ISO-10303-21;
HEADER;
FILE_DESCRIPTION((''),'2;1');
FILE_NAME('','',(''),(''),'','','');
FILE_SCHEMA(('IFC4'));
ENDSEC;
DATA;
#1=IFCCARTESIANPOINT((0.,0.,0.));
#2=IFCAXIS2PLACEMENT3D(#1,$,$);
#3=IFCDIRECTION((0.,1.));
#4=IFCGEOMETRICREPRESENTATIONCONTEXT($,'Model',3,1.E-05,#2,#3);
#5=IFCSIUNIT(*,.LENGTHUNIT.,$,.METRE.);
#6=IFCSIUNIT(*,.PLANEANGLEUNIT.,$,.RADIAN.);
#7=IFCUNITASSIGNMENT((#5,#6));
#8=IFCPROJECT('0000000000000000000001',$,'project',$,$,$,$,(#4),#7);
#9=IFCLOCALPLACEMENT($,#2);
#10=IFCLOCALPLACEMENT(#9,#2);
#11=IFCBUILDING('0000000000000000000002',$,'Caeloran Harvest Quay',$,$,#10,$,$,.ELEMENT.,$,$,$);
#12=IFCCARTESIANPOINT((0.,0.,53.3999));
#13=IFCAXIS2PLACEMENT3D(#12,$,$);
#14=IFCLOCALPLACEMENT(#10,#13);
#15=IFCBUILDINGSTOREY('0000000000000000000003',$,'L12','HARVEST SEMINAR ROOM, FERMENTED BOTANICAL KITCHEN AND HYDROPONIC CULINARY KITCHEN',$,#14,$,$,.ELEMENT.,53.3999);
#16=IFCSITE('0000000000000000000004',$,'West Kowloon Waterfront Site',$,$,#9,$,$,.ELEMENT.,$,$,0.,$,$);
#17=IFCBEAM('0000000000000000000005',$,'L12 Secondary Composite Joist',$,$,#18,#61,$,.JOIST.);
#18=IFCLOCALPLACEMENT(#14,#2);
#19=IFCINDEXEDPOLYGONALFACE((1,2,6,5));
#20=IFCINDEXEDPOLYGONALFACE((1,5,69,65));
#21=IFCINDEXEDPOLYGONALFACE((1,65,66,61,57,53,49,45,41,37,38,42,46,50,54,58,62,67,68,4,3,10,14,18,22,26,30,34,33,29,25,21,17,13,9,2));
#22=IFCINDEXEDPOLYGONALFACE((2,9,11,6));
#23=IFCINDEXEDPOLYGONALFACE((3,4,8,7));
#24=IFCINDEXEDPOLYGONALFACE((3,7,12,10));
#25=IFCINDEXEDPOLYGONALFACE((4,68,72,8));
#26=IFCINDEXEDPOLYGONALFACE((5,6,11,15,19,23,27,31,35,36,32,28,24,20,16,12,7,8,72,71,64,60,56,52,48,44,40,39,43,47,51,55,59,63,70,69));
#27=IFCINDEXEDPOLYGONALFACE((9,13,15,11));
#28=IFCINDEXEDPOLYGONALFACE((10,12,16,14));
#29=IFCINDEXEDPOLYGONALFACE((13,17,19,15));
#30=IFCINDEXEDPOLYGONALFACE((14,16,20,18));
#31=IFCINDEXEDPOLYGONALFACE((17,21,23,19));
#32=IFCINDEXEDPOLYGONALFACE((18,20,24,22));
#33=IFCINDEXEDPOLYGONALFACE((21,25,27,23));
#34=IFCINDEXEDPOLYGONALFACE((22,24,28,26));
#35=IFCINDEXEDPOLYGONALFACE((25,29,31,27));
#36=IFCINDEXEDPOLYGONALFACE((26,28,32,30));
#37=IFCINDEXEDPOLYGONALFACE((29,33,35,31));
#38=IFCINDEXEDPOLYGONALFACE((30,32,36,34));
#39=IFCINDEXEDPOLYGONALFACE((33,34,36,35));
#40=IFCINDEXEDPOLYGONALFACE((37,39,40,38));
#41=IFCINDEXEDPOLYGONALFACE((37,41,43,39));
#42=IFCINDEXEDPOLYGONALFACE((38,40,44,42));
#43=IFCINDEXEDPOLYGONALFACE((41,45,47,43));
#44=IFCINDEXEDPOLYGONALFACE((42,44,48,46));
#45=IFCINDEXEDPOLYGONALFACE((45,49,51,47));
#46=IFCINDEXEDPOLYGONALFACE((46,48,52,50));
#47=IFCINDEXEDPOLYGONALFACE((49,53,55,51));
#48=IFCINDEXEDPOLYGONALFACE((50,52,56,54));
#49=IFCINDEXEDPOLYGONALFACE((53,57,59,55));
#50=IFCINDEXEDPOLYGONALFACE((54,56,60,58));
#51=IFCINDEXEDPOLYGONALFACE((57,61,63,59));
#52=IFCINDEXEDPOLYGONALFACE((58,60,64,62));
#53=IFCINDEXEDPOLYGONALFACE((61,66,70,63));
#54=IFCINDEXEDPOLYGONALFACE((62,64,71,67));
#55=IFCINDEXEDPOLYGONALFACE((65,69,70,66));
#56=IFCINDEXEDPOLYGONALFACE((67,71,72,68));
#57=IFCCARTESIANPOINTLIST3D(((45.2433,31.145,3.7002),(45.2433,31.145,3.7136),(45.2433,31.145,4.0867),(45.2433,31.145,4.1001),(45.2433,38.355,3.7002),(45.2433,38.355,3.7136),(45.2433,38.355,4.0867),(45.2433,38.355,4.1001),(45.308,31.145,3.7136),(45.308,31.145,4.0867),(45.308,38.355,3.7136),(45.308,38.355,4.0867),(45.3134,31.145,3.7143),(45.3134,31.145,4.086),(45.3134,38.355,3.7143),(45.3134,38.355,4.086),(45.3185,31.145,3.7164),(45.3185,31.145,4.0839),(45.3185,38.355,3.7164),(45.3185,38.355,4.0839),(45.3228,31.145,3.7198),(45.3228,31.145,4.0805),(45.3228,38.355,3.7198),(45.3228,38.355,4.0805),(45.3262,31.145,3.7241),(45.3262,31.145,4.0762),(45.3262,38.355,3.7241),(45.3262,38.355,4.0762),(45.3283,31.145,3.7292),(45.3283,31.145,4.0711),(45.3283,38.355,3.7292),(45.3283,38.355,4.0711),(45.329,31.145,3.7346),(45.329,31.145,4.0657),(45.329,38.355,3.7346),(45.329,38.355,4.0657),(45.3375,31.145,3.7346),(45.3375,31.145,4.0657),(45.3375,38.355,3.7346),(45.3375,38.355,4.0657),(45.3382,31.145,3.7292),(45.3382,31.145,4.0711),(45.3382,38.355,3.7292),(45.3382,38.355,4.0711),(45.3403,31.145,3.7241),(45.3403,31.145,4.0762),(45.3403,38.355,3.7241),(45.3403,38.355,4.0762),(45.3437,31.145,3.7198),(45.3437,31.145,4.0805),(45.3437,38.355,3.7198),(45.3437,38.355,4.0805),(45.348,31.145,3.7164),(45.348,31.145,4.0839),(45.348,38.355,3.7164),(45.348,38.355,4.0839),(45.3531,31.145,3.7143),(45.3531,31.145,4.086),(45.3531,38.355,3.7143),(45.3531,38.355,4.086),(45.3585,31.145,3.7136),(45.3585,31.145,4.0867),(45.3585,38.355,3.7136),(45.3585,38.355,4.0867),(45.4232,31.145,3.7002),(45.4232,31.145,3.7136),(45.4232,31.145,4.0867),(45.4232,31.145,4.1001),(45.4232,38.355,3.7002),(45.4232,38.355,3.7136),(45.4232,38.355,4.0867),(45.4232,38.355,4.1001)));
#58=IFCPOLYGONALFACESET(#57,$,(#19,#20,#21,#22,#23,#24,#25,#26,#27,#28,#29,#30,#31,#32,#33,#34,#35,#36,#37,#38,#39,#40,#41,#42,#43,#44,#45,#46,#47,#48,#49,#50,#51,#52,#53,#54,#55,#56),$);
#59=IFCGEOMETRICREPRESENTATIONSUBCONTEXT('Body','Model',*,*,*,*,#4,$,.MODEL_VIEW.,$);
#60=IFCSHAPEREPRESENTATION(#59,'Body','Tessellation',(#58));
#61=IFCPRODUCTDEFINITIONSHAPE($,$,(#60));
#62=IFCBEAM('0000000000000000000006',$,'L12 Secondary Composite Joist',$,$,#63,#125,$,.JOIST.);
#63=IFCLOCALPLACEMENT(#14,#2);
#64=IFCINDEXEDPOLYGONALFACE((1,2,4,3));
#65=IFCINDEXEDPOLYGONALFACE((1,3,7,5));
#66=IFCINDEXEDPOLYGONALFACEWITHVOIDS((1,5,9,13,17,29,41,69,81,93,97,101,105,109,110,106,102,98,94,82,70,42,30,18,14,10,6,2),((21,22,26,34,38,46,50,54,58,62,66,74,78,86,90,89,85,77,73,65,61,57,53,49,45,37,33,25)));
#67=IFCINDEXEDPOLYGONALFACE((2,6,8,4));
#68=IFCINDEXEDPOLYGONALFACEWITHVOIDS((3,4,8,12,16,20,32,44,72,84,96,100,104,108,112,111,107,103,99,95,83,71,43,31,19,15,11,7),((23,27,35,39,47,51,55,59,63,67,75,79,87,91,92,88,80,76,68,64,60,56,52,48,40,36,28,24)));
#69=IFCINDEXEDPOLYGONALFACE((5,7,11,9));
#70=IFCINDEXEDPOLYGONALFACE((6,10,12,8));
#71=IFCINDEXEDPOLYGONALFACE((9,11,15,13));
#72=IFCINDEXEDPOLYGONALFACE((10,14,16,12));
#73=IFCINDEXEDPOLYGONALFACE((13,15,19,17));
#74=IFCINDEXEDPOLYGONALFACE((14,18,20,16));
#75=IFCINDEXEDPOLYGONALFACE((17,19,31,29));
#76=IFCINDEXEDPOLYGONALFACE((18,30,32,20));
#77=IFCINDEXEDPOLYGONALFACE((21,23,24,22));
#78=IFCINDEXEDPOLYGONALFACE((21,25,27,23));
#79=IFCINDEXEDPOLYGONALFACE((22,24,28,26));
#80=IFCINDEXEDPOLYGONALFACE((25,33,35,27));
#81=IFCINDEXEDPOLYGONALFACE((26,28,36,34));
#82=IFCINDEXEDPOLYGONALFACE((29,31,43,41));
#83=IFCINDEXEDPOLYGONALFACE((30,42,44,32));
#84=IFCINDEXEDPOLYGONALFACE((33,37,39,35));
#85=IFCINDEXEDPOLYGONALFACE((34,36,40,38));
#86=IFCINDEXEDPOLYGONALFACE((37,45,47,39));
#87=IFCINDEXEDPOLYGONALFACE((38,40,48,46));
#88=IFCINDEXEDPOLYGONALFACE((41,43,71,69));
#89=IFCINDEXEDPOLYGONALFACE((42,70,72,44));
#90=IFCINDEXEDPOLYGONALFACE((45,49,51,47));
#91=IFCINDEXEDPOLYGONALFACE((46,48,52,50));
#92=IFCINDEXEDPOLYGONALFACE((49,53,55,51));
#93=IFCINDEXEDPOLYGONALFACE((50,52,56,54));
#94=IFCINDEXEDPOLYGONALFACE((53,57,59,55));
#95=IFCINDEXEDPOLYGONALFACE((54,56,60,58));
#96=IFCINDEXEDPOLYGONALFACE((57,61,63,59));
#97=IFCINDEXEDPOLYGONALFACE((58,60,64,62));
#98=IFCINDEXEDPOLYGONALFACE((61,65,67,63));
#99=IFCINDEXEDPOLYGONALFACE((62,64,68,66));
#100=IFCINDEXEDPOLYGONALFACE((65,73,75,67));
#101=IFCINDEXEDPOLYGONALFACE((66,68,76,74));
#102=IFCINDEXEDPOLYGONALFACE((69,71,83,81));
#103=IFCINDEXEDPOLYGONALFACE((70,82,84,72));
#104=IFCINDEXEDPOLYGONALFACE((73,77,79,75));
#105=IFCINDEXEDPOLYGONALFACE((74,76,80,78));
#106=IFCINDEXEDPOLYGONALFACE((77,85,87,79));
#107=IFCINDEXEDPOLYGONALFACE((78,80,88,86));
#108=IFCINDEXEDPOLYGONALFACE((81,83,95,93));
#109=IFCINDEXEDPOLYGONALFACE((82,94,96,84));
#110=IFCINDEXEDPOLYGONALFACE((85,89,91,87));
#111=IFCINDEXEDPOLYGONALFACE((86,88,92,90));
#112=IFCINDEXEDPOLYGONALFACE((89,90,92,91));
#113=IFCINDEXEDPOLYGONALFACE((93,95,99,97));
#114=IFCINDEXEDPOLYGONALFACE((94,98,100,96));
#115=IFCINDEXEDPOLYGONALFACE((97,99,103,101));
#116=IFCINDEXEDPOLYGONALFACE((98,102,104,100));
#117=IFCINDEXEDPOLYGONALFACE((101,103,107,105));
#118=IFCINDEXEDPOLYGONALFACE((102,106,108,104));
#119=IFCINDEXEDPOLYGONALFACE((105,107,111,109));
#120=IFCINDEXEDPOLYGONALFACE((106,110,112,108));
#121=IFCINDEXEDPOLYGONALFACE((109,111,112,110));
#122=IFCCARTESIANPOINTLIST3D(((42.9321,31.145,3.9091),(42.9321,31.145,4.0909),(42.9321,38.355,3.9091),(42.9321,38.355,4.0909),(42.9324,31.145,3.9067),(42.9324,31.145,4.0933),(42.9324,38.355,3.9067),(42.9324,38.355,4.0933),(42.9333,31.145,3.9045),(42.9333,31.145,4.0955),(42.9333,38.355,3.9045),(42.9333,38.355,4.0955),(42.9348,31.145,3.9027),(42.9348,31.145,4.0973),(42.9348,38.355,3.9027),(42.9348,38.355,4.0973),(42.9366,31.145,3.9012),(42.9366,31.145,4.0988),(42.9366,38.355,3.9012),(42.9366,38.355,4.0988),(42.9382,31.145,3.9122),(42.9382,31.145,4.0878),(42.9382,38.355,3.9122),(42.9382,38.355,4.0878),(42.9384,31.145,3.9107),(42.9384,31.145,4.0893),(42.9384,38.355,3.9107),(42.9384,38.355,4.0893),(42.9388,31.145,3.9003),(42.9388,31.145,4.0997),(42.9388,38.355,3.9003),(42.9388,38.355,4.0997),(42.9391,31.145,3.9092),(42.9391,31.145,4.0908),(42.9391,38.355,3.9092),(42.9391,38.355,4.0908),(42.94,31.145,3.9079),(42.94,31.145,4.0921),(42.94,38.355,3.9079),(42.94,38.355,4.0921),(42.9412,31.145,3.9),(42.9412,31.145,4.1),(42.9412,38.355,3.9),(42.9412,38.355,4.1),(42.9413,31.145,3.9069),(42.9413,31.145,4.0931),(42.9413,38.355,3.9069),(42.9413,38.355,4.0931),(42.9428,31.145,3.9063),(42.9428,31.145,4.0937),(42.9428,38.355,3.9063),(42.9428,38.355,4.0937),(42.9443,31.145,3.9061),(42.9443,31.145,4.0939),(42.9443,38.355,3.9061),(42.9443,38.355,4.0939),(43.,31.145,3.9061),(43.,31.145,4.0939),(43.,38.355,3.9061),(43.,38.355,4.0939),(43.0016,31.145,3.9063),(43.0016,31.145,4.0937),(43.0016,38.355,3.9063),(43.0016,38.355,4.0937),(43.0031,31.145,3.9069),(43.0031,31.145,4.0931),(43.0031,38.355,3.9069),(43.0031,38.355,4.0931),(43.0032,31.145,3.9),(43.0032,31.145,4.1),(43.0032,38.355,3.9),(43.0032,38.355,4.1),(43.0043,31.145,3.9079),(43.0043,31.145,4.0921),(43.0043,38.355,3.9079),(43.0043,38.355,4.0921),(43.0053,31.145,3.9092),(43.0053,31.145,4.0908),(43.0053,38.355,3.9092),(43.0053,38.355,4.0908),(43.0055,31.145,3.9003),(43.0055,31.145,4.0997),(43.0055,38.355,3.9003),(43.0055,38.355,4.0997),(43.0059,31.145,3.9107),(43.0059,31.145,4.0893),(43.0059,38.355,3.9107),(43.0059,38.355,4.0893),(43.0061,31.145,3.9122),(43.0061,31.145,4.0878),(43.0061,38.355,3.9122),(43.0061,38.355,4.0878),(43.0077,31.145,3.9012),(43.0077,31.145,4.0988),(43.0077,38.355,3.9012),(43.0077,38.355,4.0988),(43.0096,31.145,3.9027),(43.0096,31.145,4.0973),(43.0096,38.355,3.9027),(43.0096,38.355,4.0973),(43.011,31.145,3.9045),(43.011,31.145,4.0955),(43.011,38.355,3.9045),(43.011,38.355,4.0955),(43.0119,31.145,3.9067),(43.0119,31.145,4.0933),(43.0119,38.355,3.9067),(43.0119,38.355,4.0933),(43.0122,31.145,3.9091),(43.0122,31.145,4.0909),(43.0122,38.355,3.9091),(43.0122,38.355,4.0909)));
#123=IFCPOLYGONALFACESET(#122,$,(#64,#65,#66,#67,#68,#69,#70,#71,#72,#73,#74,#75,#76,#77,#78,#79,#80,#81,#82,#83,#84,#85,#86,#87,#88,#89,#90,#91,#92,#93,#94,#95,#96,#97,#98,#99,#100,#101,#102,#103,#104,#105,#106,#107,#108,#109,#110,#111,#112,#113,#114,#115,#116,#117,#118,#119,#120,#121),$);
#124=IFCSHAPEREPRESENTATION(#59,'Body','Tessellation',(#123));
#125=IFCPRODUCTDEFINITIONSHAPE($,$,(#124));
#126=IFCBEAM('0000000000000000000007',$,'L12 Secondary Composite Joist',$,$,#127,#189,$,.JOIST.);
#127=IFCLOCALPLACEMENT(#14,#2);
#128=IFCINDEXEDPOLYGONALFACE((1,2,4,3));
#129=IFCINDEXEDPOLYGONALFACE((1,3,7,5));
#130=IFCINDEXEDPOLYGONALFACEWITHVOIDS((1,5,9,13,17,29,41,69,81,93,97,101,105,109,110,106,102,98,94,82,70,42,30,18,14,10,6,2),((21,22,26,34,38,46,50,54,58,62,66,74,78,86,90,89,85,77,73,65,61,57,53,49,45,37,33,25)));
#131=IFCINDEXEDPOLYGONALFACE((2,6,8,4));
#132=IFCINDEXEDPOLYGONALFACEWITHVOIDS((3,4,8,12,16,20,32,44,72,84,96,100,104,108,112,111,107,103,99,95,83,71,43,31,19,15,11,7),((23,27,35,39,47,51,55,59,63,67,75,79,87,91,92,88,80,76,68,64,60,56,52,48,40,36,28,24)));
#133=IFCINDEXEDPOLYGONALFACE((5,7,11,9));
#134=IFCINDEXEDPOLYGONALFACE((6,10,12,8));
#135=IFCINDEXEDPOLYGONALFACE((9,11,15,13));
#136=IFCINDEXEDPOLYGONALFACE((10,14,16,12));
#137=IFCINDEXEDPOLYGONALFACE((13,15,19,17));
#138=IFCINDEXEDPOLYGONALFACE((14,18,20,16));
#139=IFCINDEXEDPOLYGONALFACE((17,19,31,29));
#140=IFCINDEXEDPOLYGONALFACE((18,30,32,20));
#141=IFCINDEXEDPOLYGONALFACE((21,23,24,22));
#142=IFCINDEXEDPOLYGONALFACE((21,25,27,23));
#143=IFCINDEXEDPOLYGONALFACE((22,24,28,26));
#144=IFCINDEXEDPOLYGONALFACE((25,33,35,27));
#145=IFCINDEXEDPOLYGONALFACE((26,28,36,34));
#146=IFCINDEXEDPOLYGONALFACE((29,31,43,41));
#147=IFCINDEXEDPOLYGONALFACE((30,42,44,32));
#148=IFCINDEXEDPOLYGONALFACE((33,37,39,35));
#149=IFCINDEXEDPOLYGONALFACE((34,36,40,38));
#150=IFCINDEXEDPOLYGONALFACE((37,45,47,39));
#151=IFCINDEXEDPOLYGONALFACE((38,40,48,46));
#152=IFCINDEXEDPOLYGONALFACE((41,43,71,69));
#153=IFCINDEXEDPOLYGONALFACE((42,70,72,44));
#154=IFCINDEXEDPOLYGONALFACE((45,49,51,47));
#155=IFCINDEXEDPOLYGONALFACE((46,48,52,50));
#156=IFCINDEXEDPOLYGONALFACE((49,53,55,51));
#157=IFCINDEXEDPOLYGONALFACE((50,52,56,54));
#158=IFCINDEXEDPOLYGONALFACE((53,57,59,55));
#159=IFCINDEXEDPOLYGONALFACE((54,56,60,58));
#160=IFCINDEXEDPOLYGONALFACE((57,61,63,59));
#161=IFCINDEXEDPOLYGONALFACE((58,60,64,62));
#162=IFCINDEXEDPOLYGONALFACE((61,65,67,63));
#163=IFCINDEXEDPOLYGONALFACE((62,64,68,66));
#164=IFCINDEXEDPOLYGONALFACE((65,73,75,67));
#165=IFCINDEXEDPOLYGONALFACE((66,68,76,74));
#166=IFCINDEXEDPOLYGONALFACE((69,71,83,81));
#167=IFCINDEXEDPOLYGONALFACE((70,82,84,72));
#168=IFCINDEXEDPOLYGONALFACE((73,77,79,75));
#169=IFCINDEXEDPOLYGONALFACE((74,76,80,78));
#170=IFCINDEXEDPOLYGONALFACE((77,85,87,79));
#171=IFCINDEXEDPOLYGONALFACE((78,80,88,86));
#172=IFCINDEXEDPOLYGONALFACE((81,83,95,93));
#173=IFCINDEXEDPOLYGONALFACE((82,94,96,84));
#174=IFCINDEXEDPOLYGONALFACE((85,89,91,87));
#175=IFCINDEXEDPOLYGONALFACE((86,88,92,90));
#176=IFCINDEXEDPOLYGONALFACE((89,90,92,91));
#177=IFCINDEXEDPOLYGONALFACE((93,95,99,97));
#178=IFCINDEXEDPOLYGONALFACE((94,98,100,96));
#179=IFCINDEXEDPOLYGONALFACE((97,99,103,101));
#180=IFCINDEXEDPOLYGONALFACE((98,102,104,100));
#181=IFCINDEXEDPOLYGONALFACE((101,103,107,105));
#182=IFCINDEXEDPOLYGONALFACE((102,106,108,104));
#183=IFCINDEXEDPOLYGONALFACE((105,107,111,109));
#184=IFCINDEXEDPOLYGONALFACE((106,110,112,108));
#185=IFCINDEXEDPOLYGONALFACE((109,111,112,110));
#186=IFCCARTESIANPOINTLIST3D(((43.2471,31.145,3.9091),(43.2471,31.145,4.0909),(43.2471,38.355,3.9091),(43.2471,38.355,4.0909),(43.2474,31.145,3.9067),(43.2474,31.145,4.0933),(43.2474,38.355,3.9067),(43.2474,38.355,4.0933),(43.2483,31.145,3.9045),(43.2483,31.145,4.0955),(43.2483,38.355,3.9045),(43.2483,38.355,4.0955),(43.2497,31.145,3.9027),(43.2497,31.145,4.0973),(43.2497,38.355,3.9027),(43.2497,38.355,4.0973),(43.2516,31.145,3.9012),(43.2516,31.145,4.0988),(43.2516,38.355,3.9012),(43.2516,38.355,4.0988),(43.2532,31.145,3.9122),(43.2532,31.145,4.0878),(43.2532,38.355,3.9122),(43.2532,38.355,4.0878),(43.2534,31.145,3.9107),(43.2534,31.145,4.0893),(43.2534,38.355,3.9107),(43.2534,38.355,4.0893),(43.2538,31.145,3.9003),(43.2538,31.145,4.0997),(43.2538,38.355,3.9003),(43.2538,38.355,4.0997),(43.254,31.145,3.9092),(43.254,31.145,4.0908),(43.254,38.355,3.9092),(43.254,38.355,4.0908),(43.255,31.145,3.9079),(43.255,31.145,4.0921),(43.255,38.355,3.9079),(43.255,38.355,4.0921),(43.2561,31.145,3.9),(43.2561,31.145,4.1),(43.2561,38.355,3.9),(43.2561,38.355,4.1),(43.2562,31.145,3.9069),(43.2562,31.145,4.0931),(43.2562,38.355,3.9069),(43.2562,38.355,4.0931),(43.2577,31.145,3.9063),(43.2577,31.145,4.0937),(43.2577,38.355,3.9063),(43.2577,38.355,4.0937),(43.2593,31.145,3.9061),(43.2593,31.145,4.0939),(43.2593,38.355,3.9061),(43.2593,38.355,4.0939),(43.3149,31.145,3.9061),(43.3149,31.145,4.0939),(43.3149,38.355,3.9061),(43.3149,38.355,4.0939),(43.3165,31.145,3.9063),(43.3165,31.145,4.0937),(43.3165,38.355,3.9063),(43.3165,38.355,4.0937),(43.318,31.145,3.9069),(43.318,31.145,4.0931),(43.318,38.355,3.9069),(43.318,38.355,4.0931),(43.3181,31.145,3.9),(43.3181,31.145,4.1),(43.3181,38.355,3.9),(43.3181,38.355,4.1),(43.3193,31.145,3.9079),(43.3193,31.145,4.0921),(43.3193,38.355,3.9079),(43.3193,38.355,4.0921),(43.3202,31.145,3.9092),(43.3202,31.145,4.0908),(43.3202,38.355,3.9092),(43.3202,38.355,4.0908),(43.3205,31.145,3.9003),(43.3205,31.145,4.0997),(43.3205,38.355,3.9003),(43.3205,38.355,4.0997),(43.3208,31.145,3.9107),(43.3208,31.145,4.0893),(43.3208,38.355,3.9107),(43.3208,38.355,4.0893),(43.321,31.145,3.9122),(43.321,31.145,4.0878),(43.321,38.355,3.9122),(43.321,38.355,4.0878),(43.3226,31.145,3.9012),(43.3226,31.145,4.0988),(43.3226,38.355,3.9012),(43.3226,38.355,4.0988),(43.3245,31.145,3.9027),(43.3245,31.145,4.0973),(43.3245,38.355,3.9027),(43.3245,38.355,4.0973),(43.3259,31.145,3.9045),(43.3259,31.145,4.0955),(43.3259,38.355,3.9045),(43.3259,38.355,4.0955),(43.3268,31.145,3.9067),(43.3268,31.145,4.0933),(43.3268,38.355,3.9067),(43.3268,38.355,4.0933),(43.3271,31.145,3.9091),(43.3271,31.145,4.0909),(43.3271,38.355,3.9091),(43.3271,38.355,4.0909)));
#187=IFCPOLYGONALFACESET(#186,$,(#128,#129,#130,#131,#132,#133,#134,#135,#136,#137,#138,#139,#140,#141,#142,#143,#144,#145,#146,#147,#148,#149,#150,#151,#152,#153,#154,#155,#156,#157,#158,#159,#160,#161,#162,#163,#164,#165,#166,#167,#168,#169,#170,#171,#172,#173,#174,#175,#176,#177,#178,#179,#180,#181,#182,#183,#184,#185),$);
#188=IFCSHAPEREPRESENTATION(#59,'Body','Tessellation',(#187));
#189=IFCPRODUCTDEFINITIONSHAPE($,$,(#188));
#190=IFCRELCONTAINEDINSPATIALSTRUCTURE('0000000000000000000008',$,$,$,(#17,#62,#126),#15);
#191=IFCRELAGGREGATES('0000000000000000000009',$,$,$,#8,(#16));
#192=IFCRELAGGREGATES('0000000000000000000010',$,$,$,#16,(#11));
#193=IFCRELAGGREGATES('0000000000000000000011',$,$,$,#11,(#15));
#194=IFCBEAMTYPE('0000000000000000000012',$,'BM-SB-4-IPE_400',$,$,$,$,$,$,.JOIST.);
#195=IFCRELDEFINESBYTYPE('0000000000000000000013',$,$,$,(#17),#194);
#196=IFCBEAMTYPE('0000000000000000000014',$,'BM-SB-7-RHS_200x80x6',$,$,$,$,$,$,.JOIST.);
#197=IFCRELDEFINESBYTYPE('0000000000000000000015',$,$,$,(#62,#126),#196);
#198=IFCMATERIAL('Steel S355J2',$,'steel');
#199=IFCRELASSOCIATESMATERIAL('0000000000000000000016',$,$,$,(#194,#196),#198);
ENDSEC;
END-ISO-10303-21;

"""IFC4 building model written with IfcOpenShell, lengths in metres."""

from ifc_helpers import new_model, si_unit, direction, frame, origin, origin_2d, place, context, subcontext, project, spatial, hollow_rectangle, i_section, extrude, material, material_profile, profile_set, type_object, element, save


model = new_model("IFC4")

# Units and contexts
model_context = context("Model", 3, precision=1e-05, world=origin(), true_north=direction((0.0, 1.0)))
body_context = subcontext(model_context, "Body", "Model", "MODEL_VIEW")
ifc_project = project(units=[si_unit("LENGTHUNIT", "METRE"), si_unit("PLANEANGLEUNIT", "RADIAN")], contexts=[model_context])

# Site, building, storey
site_placement = place(None, origin())
site = spatial("IfcSite", under=ifc_project, at=site_placement, Name="West Kowloon Waterfront Site", CompositionType="ELEMENT", RefElevation=0.0)
building_placement = place(site_placement, origin())
building = spatial("IfcBuilding", under=site, at=building_placement, Name="Caeloran Harvest Quay", CompositionType="ELEMENT")
storey_placement = place(building_placement, frame((0.0, 0.0, 53.3999)))
storey = spatial("IfcBuildingStorey", under=building, at=storey_placement, Name="L12", Description="HARVEST SEMINAR ROOM, FERMENTED BOTANICAL KITCHEN AND HYDROPONIC CULINARY KITCHEN", CompositionType="ELEMENT", Elevation=53.3999)

# Beams
ifc_material_1 = material(Name="Steel S355J2", Category="steel")
ifc_material_profile_1 = material_profile(ifc_material_1, i_section(OverallWidth=0.1799, OverallDepth=0.3999, WebThickness=0.0085, FlangeThickness=0.0134, FilletRadius=0.021, at=origin_2d()), Name="IPE 400")
ifc_profile_set_1 = profile_set([ifc_material_profile_1], Name="Steel S355J2")
beam_type_1 = type_object("IfcBeamType", Name="BM-SB-4-IPE_400", PredefinedType="JOIST", material=ifc_profile_set_1)
for number, where, z_axis, x_axis, name in (
    (1, (45.3333, 31.145, 3.9001), (0.0, 1.0, 0.0), (-1.0, 0.0, 0.0), "L12 Secondary Composite Joist"),
):
    element("IfcBeam", number, at=place(storey_placement, frame(where, z_axis=z_axis, x_axis=x_axis)), inside=storey, type_object=beam_type_1, Name=name, PredefinedType="JOIST", context=body_context, shape_type="SweptSolid", body=[
        extrude(i_section(OverallWidth=0.1799, OverallDepth=0.3999, WebThickness=0.0085, FlangeThickness=0.0134, FilletRadius=0.021, at=origin_2d()), origin(), (0.0, 0.0, 1.0), 7.21),
    ])
ifc_material_profile_2 = material_profile(ifc_material_1, hollow_rectangle(XDim=0.0801, YDim=0.2, WallThickness=0.0061, InnerFilletRadius=0.0061, OuterFilletRadius=0.009, at=origin_2d()), Name="RHS 200x80x6")
ifc_profile_set_2 = profile_set([ifc_material_profile_2], Name="Steel S355J2")
beam_type_2 = type_object("IfcBeamType", Name="BM-SB-7-RHS_200x80x6", PredefinedType="JOIST", material=ifc_profile_set_2)
for number, where, z_axis, x_axis, name in (
    (2, (42.9722, 31.145, 4.0), (0.0, 1.0, 0.0), (-1.0, 0.0, 0.0), "L12 Secondary Composite Joist"),
    (3, (43.2871, 31.145, 4.0), (0.0, 1.0, 0.0), (-1.0, 0.0, 0.0), "L12 Secondary Composite Joist"),
):
    element("IfcBeam", number, at=place(storey_placement, frame(where, z_axis=z_axis, x_axis=x_axis)), inside=storey, type_object=beam_type_2, Name=name, PredefinedType="JOIST", context=body_context, shape_type="SweptSolid", body=[
        extrude(hollow_rectangle(XDim=0.0801, YDim=0.2, WallThickness=0.0061, InnerFilletRadius=0.0061, OuterFilletRadius=0.009, at=origin_2d()), origin(), (0.0, 0.0, 1.0), 7.21),
    ])

save(model, "model.ifc")
